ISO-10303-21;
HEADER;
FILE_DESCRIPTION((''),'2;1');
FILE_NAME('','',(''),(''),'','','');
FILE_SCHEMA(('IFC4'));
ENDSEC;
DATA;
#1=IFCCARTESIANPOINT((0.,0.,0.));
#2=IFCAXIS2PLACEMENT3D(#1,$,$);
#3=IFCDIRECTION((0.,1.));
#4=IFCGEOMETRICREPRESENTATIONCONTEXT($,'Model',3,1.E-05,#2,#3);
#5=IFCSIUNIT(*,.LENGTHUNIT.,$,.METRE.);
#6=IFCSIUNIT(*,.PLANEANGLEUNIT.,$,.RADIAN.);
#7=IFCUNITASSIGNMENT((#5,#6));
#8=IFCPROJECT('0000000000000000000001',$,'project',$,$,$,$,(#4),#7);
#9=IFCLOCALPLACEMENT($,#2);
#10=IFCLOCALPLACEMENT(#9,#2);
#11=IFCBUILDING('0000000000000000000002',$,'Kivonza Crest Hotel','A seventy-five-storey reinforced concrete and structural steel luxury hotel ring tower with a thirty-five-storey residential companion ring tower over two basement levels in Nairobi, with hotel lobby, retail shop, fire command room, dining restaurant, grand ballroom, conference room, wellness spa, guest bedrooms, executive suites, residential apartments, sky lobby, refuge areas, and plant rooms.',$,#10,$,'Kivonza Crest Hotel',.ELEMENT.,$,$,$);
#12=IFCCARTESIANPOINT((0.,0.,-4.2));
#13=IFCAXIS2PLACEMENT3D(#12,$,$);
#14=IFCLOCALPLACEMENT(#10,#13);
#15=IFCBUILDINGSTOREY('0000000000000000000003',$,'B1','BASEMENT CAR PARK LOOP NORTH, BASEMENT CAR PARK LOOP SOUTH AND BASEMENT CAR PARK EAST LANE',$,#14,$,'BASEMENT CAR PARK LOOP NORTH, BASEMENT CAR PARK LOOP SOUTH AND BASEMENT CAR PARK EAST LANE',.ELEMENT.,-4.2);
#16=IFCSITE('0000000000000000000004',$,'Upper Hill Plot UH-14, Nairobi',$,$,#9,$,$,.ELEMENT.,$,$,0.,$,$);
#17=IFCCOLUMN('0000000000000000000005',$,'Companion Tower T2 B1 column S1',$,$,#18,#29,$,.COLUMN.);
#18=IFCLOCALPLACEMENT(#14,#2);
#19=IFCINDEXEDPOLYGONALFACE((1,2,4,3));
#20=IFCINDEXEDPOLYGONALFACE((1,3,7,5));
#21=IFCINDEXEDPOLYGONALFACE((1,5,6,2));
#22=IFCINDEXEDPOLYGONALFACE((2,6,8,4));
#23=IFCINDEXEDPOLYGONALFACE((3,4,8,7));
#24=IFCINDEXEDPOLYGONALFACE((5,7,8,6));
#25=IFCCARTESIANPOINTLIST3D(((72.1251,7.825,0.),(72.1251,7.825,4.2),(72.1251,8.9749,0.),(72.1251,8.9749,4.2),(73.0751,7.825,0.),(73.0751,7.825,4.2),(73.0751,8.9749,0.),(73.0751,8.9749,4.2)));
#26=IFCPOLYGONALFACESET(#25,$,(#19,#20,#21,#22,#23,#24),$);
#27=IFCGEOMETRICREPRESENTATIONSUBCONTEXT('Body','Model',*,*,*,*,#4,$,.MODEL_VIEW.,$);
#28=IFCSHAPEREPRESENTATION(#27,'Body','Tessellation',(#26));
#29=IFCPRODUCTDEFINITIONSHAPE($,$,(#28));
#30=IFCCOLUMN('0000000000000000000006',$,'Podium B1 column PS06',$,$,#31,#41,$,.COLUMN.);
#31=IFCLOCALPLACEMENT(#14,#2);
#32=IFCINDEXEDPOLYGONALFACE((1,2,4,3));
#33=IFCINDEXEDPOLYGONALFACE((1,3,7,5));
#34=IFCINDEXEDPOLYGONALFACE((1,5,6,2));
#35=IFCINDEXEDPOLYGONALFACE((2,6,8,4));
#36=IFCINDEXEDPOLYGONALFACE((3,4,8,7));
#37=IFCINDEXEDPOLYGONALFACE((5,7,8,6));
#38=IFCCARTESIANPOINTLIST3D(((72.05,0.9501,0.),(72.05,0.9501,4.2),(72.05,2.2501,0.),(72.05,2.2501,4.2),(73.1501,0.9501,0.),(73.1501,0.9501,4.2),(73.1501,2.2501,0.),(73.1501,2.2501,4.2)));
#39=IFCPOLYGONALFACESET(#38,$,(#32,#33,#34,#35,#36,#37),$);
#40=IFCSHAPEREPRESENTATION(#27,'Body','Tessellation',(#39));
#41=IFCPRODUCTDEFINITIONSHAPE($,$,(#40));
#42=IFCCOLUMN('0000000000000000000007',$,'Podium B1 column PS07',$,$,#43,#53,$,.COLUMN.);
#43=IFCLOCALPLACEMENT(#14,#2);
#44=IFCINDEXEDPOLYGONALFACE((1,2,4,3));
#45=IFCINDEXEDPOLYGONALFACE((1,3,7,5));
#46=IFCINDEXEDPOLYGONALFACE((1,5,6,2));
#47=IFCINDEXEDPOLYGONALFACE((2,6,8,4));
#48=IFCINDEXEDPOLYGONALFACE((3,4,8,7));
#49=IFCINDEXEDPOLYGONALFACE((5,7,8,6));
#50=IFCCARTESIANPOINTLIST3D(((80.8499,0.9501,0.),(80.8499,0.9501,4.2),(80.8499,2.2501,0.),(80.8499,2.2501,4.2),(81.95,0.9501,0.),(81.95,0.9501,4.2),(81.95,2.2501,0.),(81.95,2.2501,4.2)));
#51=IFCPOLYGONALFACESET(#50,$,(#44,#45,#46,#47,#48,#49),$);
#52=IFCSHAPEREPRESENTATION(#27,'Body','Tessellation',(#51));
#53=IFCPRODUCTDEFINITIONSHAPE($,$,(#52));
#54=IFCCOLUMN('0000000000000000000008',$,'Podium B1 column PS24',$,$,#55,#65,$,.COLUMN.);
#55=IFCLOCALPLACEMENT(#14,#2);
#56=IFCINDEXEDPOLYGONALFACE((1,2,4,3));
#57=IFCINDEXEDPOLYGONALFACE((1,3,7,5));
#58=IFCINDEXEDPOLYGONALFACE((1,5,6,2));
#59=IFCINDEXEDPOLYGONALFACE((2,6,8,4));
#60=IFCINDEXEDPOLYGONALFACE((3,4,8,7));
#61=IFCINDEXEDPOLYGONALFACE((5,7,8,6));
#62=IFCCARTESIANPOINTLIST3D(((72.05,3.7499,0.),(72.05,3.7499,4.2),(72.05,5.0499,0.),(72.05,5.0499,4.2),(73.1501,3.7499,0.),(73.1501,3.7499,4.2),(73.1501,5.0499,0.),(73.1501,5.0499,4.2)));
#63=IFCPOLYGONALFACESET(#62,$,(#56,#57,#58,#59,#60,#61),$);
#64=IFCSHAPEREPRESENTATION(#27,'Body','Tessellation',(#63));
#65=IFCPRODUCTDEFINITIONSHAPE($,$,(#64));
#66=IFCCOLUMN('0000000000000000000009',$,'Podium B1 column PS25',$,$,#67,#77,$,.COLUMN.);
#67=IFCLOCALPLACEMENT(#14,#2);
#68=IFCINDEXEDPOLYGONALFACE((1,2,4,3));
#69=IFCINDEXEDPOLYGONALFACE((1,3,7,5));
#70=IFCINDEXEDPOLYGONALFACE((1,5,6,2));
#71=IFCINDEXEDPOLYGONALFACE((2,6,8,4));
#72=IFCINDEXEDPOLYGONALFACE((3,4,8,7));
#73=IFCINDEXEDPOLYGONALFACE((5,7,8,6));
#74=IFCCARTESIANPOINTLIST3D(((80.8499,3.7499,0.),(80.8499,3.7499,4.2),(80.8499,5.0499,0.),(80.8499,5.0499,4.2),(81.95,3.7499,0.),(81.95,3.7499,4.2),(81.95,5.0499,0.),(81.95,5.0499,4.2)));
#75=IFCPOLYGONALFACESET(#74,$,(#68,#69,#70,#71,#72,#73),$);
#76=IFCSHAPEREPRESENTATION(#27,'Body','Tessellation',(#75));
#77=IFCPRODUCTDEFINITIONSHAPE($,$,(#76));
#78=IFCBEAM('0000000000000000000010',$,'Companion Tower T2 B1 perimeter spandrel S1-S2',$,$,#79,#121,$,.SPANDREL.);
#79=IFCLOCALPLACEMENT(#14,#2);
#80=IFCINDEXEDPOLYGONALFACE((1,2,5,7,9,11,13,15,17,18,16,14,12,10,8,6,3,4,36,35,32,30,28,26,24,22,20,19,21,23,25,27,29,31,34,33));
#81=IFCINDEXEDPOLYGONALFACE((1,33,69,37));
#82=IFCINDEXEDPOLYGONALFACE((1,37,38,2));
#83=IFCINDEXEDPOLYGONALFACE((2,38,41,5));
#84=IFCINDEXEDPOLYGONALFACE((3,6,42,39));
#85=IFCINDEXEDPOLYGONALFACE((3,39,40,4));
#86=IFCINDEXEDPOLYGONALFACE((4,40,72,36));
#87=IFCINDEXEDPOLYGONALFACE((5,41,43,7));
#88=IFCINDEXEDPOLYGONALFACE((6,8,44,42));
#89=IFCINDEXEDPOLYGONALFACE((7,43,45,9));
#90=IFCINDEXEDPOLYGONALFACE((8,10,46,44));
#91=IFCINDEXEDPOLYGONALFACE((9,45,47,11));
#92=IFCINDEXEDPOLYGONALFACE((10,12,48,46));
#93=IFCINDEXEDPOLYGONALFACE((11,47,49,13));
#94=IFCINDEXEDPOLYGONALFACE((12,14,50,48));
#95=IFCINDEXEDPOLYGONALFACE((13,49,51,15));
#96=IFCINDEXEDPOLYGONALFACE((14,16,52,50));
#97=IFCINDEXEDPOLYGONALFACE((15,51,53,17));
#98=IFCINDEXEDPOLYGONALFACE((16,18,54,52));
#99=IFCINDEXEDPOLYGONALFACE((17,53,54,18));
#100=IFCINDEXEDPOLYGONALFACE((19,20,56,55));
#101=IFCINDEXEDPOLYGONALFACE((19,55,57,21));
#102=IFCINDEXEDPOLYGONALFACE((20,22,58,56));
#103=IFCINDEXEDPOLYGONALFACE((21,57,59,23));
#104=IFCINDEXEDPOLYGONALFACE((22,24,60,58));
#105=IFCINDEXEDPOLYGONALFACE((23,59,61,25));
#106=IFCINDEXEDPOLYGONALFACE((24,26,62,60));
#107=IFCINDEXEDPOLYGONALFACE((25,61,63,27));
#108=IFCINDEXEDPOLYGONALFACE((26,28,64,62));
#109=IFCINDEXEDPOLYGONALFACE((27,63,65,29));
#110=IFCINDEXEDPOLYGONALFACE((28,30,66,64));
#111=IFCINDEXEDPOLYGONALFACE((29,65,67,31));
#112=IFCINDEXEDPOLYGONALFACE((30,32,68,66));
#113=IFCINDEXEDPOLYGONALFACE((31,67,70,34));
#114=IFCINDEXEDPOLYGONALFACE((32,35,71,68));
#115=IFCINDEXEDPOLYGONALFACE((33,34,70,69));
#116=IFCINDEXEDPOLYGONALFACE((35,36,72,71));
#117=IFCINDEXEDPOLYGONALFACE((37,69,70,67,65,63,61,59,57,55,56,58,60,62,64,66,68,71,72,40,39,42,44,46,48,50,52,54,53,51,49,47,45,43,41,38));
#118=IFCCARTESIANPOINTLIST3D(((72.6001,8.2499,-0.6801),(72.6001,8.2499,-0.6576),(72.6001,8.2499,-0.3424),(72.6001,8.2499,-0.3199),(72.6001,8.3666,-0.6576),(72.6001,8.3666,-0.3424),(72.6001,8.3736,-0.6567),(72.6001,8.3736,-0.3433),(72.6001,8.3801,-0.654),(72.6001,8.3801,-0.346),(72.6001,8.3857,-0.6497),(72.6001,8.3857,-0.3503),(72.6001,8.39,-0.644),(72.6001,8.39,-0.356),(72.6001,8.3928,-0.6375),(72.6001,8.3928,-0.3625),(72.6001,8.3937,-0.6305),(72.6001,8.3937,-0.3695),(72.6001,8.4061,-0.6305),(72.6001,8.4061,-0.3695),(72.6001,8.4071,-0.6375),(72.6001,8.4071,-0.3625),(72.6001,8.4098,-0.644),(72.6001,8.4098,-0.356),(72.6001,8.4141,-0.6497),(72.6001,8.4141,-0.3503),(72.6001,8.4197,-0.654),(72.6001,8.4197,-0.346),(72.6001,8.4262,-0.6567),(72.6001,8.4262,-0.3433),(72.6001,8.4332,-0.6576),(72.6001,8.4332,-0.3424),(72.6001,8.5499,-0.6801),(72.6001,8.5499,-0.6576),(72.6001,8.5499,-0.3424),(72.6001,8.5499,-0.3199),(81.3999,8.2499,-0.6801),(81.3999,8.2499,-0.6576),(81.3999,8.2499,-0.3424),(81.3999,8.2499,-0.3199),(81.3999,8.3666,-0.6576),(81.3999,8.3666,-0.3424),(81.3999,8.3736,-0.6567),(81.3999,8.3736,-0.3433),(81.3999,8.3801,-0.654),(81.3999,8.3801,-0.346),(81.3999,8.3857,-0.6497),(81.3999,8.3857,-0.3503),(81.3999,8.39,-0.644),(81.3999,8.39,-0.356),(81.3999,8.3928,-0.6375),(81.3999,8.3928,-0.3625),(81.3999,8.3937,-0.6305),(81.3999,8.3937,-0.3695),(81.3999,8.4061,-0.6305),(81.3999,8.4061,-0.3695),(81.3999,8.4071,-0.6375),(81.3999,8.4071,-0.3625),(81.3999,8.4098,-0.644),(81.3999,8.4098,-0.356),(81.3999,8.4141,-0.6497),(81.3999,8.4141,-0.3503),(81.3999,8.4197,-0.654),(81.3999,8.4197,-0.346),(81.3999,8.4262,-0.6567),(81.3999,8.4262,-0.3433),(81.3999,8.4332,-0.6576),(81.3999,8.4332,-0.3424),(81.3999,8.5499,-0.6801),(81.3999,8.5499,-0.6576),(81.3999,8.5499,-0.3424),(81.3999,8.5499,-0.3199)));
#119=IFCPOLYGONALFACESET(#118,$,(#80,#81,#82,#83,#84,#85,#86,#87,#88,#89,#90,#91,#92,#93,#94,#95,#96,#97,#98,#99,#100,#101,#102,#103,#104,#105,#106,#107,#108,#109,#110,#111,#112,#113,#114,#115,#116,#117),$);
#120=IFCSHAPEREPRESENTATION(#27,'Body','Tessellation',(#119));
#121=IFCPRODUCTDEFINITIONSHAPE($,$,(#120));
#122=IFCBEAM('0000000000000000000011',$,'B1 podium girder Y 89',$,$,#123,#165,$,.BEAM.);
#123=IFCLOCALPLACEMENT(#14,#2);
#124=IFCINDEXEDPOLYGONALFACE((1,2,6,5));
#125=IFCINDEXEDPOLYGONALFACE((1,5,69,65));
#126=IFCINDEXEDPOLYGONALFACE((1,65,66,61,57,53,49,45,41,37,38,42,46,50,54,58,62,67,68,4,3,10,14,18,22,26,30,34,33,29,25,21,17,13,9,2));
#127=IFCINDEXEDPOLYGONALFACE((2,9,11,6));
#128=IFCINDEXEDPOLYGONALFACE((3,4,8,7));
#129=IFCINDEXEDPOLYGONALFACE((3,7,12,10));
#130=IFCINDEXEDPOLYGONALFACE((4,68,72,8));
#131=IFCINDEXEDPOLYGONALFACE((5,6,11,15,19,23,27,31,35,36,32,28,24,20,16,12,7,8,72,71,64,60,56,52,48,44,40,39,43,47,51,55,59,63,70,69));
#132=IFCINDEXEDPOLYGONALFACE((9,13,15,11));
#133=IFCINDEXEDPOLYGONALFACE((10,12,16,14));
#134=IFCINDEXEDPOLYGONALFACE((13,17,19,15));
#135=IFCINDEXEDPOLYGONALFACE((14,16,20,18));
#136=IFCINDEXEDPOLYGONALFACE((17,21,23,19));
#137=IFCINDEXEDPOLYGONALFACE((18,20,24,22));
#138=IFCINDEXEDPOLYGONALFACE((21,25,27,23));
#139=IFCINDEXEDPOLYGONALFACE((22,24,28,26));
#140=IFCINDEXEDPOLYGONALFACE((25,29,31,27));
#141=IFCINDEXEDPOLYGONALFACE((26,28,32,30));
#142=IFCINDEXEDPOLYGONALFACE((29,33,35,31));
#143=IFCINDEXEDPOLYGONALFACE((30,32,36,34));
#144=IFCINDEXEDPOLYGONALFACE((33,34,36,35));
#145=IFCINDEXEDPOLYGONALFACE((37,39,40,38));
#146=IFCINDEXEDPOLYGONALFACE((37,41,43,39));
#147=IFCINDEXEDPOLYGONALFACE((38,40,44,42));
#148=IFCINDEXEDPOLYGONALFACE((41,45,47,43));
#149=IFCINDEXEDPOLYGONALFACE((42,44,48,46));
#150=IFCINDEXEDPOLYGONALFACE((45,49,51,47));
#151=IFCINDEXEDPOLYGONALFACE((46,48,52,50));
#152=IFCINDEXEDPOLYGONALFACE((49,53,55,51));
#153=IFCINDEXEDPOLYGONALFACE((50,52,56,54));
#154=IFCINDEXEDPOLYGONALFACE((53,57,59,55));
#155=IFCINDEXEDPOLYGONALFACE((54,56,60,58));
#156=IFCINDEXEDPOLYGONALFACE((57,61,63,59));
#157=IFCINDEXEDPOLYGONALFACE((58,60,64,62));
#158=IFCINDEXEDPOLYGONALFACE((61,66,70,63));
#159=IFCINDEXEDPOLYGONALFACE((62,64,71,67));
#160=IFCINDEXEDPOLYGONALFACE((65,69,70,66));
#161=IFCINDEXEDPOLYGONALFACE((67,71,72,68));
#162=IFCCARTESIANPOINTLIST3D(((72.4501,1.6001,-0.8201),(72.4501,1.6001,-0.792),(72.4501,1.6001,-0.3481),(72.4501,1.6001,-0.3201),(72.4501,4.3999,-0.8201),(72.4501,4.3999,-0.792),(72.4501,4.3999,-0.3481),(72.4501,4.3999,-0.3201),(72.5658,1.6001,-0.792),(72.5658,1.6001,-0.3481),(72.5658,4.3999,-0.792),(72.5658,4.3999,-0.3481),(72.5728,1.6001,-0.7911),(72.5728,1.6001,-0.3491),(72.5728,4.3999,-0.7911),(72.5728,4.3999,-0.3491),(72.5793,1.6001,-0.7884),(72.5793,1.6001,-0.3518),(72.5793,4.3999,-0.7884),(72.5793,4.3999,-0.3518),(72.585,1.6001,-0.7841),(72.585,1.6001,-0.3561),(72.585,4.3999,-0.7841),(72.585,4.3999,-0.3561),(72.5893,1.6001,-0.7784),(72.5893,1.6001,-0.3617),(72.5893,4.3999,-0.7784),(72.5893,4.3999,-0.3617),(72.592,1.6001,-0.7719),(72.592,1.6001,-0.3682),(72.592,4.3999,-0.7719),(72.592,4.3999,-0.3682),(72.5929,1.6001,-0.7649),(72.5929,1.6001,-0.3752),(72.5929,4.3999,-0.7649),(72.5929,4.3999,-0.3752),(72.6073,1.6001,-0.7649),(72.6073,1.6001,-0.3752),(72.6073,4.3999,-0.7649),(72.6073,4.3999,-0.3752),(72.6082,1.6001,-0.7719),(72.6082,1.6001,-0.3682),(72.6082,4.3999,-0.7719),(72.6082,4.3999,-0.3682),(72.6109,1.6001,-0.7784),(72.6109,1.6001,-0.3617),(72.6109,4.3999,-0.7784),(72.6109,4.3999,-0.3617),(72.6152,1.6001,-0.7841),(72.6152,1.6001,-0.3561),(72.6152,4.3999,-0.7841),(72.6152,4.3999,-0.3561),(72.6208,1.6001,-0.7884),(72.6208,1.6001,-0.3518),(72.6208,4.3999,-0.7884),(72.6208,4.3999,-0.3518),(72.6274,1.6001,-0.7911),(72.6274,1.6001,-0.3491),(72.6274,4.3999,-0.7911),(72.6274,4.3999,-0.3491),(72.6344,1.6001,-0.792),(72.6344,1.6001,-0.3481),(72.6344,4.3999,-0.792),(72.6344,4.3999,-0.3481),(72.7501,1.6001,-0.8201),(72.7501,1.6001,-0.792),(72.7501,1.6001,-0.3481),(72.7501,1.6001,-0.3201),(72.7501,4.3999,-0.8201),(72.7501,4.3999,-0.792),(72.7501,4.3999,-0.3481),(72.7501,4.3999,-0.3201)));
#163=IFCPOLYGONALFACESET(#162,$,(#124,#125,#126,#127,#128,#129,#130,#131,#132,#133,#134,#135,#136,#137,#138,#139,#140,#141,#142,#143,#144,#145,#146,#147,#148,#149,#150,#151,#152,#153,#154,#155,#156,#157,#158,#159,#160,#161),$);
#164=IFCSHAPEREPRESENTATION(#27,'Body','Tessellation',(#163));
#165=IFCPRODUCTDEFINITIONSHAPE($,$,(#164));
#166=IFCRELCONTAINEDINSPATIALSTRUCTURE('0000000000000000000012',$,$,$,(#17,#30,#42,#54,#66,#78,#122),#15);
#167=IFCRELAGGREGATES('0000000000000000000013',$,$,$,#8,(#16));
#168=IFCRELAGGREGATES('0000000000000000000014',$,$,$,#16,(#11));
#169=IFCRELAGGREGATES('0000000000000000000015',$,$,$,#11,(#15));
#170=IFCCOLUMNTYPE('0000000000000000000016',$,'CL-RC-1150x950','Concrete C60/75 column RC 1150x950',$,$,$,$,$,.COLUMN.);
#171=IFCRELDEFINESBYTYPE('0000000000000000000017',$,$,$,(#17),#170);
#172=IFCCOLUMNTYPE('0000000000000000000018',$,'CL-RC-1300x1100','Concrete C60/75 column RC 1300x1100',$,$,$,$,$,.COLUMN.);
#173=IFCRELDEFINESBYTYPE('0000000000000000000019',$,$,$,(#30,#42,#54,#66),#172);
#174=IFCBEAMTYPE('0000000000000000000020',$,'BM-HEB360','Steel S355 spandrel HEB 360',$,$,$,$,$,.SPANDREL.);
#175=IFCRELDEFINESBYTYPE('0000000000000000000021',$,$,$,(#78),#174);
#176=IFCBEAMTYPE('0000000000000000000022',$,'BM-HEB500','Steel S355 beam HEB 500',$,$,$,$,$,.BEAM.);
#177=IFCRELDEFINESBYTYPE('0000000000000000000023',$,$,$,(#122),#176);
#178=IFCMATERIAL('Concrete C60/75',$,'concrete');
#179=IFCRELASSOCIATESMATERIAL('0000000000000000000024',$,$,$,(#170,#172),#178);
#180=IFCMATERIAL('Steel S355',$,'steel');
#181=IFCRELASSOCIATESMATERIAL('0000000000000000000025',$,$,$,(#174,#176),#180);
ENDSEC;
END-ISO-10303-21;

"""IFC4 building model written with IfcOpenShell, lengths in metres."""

from ifc_helpers import new_model, si_unit, direction, frame, origin, origin_2d, place, context, subcontext, project, spatial, rectangle, i_section, extrude, material, material_profile, profile_set, type_object, element, save


model = new_model("IFC4")

# Units and contexts
model_context = context("Model", 3, precision=1e-05, world=origin(), true_north=direction((0.0, 1.0)))
body_context = subcontext(model_context, "Body", "Model", "MODEL_VIEW")
ifc_project = project(units=[si_unit("LENGTHUNIT", "METRE"), si_unit("PLANEANGLEUNIT", "RADIAN")], contexts=[model_context])

# Site, building, storey
site_placement = place(None, origin())
site = spatial("IfcSite", under=ifc_project, at=site_placement, Name="Upper Hill Plot UH-14, Nairobi", CompositionType="ELEMENT", RefElevation=0.0)
building_placement = place(site_placement, origin())
building = spatial("IfcBuilding", under=site, at=building_placement, Name="Kivonza Crest Hotel", Description="A seventy-five-storey reinforced concrete and structural steel luxury hotel ring tower with a thirty-five-storey residential companion ring tower over two basement levels in Nairobi, with hotel lobby, retail shop, fire command room, dining restaurant, grand ballroom, conference room, wellness spa, guest bedrooms, executive suites, residential apartments, sky lobby, refuge areas, and plant rooms.", LongName="Kivonza Crest Hotel", CompositionType="ELEMENT")
storey_placement = place(building_placement, frame((0.0, 0.0, -4.2)))
storey = spatial("IfcBuildingStorey", under=building, at=storey_placement, Name="B1", Description="BASEMENT CAR PARK LOOP NORTH, BASEMENT CAR PARK LOOP SOUTH AND BASEMENT CAR PARK EAST LANE", LongName="BASEMENT CAR PARK LOOP NORTH, BASEMENT CAR PARK LOOP SOUTH AND BASEMENT CAR PARK EAST LANE", CompositionType="ELEMENT", Elevation=-4.2)

# Columns
ifc_material_1 = material(Name="Concrete C60/75", Category="concrete")
ifc_material_profile_1 = material_profile(ifc_material_1, rectangle(XDim=0.95, YDim=1.1499, at=origin_2d()), Name="RC 1150x950")
ifc_profile_set_1 = profile_set([ifc_material_profile_1], Name="Concrete C60/75")
column_type_1 = type_object("IfcColumnType", Name="CL-RC-1150x950", Description="Concrete C60/75 column RC 1150x950", PredefinedType="COLUMN", material=ifc_profile_set_1)
column_placement = place(storey_placement, frame((72.6001, 8.3999, 0.0), z_axis=(0.0, 0.0, 1.0), x_axis=(1.0, 0.0, 0.0)))
element("IfcColumn", 1, at=column_placement, inside=storey, type_object=column_type_1, Name="Companion Tower T2 B1 column S1", PredefinedType="COLUMN", context=body_context, shape_type="SweptSolid", body=[
    extrude(rectangle(XDim=0.95, YDim=1.1499, at=origin_2d()), origin(), (0.0, 0.0, 1.0), 4.2),
])
ifc_material_profile_2 = material_profile(ifc_material_1, rectangle(XDim=1.1001, YDim=1.3, at=origin_2d()), Name="RC 1300x1100")
ifc_profile_set_2 = profile_set([ifc_material_profile_2], Name="Concrete C60/75")
column_type_2 = type_object("IfcColumnType", Name="CL-RC-1300x1100", Description="Concrete C60/75 column RC 1300x1100", PredefinedType="COLUMN", material=ifc_profile_set_2)
for number, where, z_axis, x_axis, name in (
    (2, (72.6001, 1.6001, 0.0), (0.0, 0.0, 1.0), (1.0, 0.0, 0.0), "Podium B1 column PS06"),
    (3, (81.3999, 1.6001, 0.0), (0.0, 0.0, 1.0), (1.0, 0.0, 0.0), "Podium B1 column PS07"),
    (4, (72.6001, 4.3999, 0.0), (0.0, 0.0, 1.0), (1.0, 0.0, 0.0), "Podium B1 column PS24"),
    (5, (81.3999, 4.3999, 0.0), (0.0, 0.0, 1.0), (1.0, 0.0, 0.0), "Podium B1 column PS25"),
):
    element("IfcColumn", number, at=place(storey_placement, frame(where, z_axis=z_axis, x_axis=x_axis)), inside=storey, type_object=column_type_2, Name=name, PredefinedType="COLUMN", context=body_context, shape_type="SweptSolid", body=[
        extrude(rectangle(XDim=1.1001, YDim=1.3, at=origin_2d()), origin(), (0.0, 0.0, 1.0), 4.2),
    ])

# Beams
ifc_material_2 = material(Name="Steel S355", Category="steel")
ifc_material_profile_3 = material_profile(ifc_material_2, i_section(OverallWidth=0.3, OverallDepth=0.3601, WebThickness=0.0125, FlangeThickness=0.0225, FilletRadius=0.0271, at=origin_2d()), Name="HEB 360")
ifc_profile_set_3 = profile_set([ifc_material_profile_3], Name="Steel S355")
beam_type_1 = type_object("IfcBeamType", Name="BM-HEB360", Description="Steel S355 spandrel HEB 360", PredefinedType="SPANDREL", material=ifc_profile_set_3)
beam_1_placement = place(storey_placement, frame((72.6001, 8.3999, -0.5), z_axis=(1.0, 0.0, 0.0), x_axis=(0.0, 1.0, 0.0)))
element("IfcBeam", 6, at=beam_1_placement, inside=storey, type_object=beam_type_1, Name="Companion Tower T2 B1 perimeter spandrel S1-S2", PredefinedType="SPANDREL", context=body_context, shape_type="SweptSolid", body=[
    extrude(i_section(OverallWidth=0.3, OverallDepth=0.3601, WebThickness=0.0125, FlangeThickness=0.0225, FilletRadius=0.0271, at=origin_2d()), origin(), (0.0, 0.0, 1.0), 8.7998),
])
ifc_material_profile_4 = material_profile(ifc_material_2, i_section(OverallWidth=0.3, OverallDepth=0.5, WebThickness=0.0144, FlangeThickness=0.0281, FilletRadius=0.0271, at=origin_2d()), Name="HEB 500")
ifc_profile_set_4 = profile_set([ifc_material_profile_4], Name="Steel S355")
beam_type_2 = type_object("IfcBeamType", Name="BM-HEB500", Description="Steel S355 beam HEB 500", PredefinedType="BEAM", material=ifc_profile_set_4)
beam_2_placement = place(storey_placement, frame((72.6001, 1.6001, -0.5701), z_axis=(0.0, 1.0, 0.0), x_axis=(-1.0, 0.0, 0.0)))
element("IfcBeam", 7, at=beam_2_placement, inside=storey, type_object=beam_type_2, Name="B1 podium girder Y 89", PredefinedType="BEAM", context=body_context, shape_type="SweptSolid", body=[
    extrude(i_section(OverallWidth=0.3, OverallDepth=0.5, WebThickness=0.0144, FlangeThickness=0.0281, FilletRadius=0.0271, at=origin_2d()), origin(), (0.0, 0.0, 1.0), 2.7998),
])

save(model, "model.ifc")
